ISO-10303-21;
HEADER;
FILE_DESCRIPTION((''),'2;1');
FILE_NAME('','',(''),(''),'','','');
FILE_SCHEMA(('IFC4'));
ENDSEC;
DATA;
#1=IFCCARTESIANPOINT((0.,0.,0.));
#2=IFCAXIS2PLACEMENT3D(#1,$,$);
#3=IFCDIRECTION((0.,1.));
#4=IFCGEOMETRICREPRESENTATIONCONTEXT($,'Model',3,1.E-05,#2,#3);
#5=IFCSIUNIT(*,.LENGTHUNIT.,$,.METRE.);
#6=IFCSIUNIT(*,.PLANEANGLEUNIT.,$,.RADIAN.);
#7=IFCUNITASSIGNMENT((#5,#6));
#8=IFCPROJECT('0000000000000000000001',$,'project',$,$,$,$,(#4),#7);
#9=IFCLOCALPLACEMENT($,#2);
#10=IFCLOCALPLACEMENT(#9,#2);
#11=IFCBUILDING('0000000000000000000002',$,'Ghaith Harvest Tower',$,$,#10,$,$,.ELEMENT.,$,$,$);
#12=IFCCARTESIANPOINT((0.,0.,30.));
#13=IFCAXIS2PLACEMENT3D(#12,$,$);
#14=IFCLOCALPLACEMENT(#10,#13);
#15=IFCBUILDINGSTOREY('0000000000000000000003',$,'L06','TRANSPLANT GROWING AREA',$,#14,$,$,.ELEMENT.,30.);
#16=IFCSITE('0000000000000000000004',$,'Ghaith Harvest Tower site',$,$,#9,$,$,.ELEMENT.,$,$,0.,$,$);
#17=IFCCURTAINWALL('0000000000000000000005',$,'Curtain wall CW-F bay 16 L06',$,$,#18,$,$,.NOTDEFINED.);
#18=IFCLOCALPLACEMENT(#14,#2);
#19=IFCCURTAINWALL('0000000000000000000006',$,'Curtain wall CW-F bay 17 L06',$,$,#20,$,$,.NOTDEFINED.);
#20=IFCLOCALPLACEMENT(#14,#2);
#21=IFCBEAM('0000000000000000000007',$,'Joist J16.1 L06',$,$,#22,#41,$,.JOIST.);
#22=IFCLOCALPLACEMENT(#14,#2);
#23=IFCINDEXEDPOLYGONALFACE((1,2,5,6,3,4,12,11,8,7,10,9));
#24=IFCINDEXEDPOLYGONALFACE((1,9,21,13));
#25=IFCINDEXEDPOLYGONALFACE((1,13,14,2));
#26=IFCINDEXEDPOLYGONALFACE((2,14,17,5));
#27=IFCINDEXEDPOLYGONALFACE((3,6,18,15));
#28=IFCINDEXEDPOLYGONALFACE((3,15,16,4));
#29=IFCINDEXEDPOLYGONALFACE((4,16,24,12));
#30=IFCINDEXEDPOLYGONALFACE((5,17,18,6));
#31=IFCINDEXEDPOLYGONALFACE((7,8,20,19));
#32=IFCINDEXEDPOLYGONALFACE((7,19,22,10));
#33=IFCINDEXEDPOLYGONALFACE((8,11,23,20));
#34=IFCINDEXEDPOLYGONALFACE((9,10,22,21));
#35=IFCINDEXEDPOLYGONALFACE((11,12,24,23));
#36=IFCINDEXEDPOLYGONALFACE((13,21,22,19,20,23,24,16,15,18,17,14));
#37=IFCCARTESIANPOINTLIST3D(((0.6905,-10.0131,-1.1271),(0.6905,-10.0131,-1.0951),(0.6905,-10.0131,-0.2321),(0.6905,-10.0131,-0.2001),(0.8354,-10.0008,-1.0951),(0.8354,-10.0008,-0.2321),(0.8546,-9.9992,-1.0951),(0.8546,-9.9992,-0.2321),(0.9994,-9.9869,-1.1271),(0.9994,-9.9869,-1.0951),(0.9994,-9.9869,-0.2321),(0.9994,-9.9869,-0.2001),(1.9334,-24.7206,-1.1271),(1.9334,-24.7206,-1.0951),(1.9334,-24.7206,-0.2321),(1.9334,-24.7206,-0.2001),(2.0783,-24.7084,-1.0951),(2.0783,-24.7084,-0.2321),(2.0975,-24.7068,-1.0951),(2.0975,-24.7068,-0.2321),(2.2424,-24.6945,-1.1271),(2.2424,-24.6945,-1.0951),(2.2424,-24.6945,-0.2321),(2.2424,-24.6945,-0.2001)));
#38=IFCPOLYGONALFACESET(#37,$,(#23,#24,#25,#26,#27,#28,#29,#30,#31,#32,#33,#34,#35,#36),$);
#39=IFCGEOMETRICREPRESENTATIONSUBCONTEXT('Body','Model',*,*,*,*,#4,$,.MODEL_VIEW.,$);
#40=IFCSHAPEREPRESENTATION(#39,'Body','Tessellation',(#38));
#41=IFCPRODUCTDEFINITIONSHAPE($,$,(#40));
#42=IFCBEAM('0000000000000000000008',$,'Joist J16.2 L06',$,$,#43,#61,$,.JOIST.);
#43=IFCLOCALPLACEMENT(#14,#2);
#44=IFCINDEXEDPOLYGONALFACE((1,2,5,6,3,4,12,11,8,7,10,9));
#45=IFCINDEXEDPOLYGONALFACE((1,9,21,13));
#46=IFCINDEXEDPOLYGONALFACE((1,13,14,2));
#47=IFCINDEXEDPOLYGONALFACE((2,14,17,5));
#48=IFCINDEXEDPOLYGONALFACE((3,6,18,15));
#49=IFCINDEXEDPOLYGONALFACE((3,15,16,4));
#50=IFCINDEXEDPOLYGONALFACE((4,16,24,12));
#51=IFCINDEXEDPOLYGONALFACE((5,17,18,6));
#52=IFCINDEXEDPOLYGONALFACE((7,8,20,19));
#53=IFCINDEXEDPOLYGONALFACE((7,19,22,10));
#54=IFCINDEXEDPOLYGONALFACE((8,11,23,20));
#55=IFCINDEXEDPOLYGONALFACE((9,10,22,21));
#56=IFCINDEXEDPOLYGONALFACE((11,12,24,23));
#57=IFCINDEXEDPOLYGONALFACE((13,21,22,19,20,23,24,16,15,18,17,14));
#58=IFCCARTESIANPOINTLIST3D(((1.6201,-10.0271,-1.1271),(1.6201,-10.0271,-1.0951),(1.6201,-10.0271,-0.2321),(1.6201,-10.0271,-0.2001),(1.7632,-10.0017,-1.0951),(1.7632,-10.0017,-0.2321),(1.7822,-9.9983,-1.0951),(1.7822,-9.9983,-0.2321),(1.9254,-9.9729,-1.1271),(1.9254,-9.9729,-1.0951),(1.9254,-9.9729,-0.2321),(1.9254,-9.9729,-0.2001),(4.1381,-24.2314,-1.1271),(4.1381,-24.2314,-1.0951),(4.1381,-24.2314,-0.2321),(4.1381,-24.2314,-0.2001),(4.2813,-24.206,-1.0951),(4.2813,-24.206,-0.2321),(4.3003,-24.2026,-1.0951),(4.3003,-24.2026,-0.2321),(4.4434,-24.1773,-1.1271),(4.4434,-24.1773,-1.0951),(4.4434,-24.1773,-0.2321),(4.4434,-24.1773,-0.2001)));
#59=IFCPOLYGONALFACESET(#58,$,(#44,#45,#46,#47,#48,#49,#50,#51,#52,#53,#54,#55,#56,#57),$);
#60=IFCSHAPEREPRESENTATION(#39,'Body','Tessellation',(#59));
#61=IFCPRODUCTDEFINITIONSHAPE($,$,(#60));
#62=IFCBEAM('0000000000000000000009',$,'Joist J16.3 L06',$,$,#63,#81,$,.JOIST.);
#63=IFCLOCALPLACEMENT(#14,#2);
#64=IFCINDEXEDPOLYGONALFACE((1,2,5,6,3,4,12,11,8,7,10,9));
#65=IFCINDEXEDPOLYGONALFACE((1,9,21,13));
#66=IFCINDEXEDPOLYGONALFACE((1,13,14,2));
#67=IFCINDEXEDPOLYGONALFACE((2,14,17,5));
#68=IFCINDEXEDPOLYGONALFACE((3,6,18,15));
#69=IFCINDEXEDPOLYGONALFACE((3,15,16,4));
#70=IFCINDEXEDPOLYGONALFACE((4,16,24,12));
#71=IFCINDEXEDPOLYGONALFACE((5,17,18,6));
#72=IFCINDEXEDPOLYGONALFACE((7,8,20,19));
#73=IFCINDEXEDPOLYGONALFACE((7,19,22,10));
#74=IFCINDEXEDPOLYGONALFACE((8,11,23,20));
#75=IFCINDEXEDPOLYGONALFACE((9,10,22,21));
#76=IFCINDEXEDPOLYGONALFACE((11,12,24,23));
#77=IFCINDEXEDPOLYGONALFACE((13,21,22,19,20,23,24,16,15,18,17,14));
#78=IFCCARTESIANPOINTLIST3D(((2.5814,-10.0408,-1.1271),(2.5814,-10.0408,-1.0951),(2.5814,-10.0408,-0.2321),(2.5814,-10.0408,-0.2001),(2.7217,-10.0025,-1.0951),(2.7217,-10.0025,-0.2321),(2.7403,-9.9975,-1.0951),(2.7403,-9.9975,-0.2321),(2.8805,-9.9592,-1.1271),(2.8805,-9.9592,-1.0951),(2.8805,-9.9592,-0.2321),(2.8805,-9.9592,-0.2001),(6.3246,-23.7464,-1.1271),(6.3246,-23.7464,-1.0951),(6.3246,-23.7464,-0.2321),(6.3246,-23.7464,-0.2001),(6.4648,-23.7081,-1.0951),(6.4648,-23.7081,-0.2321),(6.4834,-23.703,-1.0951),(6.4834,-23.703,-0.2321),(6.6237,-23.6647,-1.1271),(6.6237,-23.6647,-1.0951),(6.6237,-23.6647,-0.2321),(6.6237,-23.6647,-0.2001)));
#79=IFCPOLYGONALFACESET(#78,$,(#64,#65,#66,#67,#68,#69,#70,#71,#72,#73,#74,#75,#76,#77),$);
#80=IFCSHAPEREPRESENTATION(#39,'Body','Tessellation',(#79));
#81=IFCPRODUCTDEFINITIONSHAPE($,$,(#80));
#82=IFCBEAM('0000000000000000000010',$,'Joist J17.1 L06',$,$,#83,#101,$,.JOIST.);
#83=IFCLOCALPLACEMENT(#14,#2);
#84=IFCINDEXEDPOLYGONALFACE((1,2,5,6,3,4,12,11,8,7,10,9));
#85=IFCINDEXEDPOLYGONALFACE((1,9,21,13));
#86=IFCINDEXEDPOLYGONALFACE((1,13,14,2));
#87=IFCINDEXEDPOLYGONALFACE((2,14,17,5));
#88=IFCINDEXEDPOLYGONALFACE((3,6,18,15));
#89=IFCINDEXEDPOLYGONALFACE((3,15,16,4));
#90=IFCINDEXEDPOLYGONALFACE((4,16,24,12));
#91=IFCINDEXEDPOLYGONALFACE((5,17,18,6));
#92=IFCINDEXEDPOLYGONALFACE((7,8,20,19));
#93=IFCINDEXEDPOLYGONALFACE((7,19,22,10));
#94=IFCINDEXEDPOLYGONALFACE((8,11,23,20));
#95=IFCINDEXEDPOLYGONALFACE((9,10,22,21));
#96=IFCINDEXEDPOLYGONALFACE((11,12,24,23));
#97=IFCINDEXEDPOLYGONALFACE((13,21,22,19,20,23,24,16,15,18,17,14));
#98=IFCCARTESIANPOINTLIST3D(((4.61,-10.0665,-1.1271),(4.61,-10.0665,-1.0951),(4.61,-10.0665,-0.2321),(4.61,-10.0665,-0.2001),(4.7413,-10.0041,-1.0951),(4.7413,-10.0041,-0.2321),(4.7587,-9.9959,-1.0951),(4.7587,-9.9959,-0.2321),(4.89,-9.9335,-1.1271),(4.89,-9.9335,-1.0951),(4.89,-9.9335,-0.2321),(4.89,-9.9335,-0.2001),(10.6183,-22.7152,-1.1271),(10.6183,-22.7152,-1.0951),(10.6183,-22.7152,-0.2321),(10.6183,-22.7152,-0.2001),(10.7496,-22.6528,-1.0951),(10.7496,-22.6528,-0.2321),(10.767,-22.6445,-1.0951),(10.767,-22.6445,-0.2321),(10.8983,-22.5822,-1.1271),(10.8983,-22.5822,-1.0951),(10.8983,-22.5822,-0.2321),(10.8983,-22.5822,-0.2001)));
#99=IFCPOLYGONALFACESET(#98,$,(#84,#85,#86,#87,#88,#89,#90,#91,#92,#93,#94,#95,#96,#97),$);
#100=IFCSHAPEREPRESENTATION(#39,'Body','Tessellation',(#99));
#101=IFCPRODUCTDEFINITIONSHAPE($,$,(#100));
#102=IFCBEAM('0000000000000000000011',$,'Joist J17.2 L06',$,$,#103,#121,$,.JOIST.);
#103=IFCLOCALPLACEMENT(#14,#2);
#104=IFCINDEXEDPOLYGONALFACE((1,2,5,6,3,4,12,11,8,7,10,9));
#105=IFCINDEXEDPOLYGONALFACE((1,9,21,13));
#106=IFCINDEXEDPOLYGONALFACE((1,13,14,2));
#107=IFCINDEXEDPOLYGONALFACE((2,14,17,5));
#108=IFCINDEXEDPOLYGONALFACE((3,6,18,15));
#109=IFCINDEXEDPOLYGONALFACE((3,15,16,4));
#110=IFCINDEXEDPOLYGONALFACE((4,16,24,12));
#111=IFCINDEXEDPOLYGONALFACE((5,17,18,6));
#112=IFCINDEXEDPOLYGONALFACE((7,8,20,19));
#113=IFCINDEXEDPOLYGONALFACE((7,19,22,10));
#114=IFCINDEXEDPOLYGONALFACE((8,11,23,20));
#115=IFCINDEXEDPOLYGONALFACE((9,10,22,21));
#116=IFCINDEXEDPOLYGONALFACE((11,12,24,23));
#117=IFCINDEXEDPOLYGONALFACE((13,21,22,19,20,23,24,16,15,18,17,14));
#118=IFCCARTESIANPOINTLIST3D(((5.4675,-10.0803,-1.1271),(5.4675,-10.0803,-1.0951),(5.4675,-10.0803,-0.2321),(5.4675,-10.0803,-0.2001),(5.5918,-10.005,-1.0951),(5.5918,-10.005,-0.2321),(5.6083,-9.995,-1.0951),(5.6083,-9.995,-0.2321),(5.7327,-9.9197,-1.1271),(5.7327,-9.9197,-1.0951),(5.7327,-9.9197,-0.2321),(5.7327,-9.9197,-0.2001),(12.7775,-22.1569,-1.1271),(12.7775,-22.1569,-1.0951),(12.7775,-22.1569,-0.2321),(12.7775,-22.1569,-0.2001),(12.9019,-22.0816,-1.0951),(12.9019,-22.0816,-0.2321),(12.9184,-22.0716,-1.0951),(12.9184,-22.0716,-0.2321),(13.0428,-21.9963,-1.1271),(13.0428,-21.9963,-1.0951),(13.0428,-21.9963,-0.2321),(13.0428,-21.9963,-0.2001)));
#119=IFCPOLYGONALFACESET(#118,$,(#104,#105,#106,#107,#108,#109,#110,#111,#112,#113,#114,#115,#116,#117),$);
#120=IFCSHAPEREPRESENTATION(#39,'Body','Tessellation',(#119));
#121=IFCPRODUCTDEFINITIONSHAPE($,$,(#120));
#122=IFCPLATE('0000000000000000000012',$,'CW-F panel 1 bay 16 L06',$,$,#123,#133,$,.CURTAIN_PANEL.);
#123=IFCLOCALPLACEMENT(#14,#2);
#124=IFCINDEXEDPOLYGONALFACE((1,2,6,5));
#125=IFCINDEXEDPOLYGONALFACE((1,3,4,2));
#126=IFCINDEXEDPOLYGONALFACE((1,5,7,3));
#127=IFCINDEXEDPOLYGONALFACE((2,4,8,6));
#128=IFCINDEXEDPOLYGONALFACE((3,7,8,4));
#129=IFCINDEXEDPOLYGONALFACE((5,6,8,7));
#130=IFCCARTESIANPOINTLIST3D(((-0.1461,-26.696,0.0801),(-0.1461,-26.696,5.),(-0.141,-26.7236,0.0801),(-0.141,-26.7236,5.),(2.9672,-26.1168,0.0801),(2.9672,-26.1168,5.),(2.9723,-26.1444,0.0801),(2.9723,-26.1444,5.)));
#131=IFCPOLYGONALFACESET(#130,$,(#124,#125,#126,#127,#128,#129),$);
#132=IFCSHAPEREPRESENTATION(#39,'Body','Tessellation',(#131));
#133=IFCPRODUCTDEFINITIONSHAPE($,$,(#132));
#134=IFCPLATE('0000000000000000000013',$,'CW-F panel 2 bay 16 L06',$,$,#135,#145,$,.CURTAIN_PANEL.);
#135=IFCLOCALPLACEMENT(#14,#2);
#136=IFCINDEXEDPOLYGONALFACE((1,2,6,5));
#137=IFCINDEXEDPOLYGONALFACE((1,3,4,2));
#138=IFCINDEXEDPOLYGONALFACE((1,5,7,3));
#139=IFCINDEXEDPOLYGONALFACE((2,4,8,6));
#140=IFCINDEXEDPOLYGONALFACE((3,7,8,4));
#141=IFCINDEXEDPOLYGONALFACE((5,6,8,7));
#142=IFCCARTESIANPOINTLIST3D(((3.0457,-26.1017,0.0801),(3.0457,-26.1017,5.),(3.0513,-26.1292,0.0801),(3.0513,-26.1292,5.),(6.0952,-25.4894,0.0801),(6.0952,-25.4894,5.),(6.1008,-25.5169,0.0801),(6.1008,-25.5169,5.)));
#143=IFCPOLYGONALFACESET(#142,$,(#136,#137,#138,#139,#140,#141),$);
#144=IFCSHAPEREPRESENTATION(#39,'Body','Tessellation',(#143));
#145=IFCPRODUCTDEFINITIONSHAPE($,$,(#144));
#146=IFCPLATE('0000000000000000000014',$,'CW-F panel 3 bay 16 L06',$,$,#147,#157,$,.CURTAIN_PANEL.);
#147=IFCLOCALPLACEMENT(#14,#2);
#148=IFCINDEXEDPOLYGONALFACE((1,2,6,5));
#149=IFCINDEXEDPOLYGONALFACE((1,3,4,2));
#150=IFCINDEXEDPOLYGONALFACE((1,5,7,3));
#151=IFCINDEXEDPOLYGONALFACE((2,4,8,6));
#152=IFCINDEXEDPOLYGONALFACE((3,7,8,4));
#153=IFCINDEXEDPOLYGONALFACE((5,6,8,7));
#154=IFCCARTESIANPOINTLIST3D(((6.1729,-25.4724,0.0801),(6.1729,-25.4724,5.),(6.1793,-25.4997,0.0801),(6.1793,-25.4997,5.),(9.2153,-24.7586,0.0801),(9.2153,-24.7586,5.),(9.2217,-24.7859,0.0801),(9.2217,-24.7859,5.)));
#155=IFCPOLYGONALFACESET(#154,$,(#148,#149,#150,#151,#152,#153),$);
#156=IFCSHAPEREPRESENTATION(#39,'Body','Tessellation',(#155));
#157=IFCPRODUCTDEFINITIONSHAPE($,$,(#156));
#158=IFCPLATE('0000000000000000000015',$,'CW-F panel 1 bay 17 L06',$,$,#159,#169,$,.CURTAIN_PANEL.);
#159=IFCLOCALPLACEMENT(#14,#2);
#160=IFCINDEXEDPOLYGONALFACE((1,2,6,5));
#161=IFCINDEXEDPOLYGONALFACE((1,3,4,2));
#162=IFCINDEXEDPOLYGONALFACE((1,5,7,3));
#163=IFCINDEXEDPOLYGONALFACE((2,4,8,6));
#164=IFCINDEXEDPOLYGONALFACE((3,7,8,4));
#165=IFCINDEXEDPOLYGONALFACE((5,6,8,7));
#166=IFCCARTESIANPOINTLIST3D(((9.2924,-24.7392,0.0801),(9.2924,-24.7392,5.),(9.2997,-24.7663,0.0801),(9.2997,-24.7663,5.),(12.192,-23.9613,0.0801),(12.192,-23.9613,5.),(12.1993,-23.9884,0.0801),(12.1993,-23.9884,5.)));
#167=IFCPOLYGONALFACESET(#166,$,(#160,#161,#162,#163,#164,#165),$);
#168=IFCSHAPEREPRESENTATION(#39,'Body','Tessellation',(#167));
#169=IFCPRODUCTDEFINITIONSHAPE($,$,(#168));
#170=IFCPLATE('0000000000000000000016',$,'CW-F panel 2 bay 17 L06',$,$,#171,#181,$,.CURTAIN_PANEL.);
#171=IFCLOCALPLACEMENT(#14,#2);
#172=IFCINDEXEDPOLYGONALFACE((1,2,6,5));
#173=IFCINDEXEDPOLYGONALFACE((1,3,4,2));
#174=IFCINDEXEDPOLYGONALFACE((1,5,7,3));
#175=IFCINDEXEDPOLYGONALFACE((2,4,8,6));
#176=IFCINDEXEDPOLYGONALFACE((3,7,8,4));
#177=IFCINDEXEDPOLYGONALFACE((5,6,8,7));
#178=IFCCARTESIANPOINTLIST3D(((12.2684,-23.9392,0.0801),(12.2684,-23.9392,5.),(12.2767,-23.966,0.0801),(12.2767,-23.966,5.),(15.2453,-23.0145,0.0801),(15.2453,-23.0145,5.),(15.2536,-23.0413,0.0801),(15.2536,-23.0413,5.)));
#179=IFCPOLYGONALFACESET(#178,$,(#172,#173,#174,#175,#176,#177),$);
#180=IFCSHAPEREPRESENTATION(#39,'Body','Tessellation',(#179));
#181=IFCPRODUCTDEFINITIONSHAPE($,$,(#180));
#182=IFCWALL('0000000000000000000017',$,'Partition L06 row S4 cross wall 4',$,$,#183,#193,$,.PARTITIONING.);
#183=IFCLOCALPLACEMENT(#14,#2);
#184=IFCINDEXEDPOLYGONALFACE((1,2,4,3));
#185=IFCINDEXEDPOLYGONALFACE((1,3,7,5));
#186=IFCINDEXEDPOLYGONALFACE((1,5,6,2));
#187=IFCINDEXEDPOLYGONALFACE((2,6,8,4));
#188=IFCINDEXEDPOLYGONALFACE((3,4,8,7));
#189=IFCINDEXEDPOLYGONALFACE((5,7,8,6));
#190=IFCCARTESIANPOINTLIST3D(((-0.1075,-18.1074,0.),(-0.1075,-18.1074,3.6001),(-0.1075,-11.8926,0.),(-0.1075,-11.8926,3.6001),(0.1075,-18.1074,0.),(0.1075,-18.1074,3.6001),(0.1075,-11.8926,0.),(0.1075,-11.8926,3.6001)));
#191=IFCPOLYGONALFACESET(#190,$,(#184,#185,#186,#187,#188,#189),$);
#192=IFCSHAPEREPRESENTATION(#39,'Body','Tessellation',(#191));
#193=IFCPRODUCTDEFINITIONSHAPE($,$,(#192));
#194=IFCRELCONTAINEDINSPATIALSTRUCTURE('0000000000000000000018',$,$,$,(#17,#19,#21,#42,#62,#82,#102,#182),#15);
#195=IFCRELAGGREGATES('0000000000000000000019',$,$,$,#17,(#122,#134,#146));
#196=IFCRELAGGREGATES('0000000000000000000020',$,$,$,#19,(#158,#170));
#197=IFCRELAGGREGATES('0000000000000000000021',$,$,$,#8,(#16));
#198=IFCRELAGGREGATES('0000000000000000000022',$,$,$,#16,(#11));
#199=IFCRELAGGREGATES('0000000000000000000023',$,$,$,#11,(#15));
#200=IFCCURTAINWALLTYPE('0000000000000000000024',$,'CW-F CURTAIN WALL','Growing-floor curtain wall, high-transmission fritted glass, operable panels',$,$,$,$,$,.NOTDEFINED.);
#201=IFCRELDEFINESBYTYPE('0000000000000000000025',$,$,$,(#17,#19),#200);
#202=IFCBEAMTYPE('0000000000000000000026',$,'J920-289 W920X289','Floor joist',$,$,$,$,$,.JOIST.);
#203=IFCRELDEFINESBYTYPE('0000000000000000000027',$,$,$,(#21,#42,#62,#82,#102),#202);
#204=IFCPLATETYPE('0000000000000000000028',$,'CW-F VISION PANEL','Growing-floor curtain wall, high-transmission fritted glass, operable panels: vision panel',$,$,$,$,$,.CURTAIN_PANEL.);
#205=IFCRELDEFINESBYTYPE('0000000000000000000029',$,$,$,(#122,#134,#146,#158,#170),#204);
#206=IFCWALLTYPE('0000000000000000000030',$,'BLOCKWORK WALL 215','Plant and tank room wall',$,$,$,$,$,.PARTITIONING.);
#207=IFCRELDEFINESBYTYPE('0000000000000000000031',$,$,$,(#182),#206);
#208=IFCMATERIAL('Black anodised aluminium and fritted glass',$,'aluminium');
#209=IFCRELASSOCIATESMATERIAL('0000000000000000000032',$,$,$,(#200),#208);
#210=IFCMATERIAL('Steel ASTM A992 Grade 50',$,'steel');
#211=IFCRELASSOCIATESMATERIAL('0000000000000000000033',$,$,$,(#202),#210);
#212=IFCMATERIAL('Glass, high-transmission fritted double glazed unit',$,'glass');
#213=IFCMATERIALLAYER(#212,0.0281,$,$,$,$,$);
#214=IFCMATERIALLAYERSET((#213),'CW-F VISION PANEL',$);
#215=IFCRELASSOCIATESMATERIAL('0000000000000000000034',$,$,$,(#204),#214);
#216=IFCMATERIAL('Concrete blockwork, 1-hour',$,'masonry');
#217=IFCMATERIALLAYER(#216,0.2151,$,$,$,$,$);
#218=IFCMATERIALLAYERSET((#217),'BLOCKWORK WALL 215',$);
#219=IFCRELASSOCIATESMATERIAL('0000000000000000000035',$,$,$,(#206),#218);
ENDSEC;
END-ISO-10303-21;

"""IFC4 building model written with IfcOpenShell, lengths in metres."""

from ifc_helpers import new_model, si_unit, direction, frame, frame_2d, origin, origin_2d, place, context, subcontext, project, spatial, rectangle, i_section, extrude, material, layer, layer_set, material_profile, profile_set, type_object, element, aggregate, save


model = new_model("IFC4")

# Units and contexts
model_context = context("Model", 3, precision=1e-05, world=origin(), true_north=direction((0.0, 1.0)))
body_context = subcontext(model_context, "Body", "Model", "MODEL_VIEW")
ifc_project = project(units=[si_unit("LENGTHUNIT", "METRE"), si_unit("PLANEANGLEUNIT", "RADIAN")], contexts=[model_context])

# Site, building, storey
site_placement = place(None, origin())
site = spatial("IfcSite", under=ifc_project, at=site_placement, Name="Ghaith Harvest Tower site", CompositionType="ELEMENT", RefElevation=0.0)
building_placement = place(site_placement, origin())
building = spatial("IfcBuilding", under=site, at=building_placement, Name="Ghaith Harvest Tower", CompositionType="ELEMENT")
storey_placement = place(building_placement, frame((0.0, 0.0, 30.0)))
storey = spatial("IfcBuildingStorey", under=building, at=storey_placement, Name="L06", Description="TRANSPLANT GROWING AREA", CompositionType="ELEMENT", Elevation=30.0)

# Curtain walls
ifc_material_1 = material(Name="Black anodised aluminium and fritted glass", Category="aluminium")
curtain_wall_type = type_object("IfcCurtainWallType", Name="CW-F CURTAIN WALL", Description="Growing-floor curtain wall, high-transmission fritted glass, operable panels", PredefinedType="NOTDEFINED", material=ifc_material_1)
curtain_wall_1_placement = place(storey_placement, origin())
curtain_wall_1 = element("IfcCurtainWall", 1, at=curtain_wall_1_placement, inside=storey, type_object=curtain_wall_type, Name="Curtain wall CW-F bay 16 L06", PredefinedType="NOTDEFINED")
curtain_wall_2_placement = place(storey_placement, origin())
curtain_wall_2 = element("IfcCurtainWall", 2, at=curtain_wall_2_placement, inside=storey, type_object=curtain_wall_type, Name="Curtain wall CW-F bay 17 L06", PredefinedType="NOTDEFINED")

# Beams
ifc_material_2 = material(Name="Steel ASTM A992 Grade 50", Category="steel")
ifc_material_profile_1 = material_profile(ifc_material_2, i_section(OverallWidth=0.3101, OverallDepth=0.927, WebThickness=0.0193, FlangeThickness=0.032, at=origin_2d()), Name="W920X289")
ifc_profile_set_1 = profile_set([ifc_material_profile_1], Name="Steel ASTM A992 Grade 50")
beam_type_1 = type_object("IfcBeamType", Name="J920-289 W920X289", Description="Floor joist", PredefinedType="JOIST", material=ifc_profile_set_1)
beam_1_placement = place(storey_placement, frame((0.845, -10.0, -0.6636), z_axis=(0.084209, -0.996448, 0.0), x_axis=(0.996448, 0.084209, 0.0)))
element("IfcBeam", 3, at=beam_1_placement, inside=storey, type_object=beam_type_1, Name="Joist J16.1 L06", PredefinedType="JOIST", context=body_context, shape_type="SweptSolid", body=[
    extrude(i_section(OverallWidth=0.3101, OverallDepth=0.927, WebThickness=0.0193, FlangeThickness=0.032, at=origin_2d()), origin(), (0.0, 0.0, 1.0), 14.76),
])
beam_2_placement = place(storey_placement, frame((1.7727, -10.0, -0.6636), z_axis=(0.174553, -0.984648, 0.0), x_axis=(0.984648, 0.174553, 0.0)))
element("IfcBeam", 4, at=beam_2_placement, inside=storey, type_object=beam_type_1, Name="Joist J16.2 L06", PredefinedType="JOIST", context=body_context, shape_type="SweptSolid", body=[
    extrude(i_section(OverallWidth=0.3101, OverallDepth=0.927, WebThickness=0.0193, FlangeThickness=0.032, at=origin_2d()), origin(), (0.0, 0.0, 1.0), 14.4258),
])
beam_3_placement = place(storey_placement, frame((2.731, -10.0, -0.6636), z_axis=(0.263463, -0.964669, 0.0), x_axis=(0.964669, 0.263463, 0.0)))
element("IfcBeam", 5, at=beam_3_placement, inside=storey, type_object=beam_type_1, Name="Joist J16.3 L06", PredefinedType="JOIST", context=body_context, shape_type="SweptSolid", body=[
    extrude(i_section(OverallWidth=0.3101, OverallDepth=0.927, WebThickness=0.0193, FlangeThickness=0.032, at=origin_2d()), origin(), (0.0, 0.0, 1.0), 14.2075),
])
beam_4_placement = place(storey_placement, frame((4.75, -10.0, -0.6636), z_axis=(0.429067, -0.903273, 0.0), x_axis=(0.903273, 0.429067, 0.0)))
element("IfcBeam", 6, at=beam_4_placement, inside=storey, type_object=beam_type_1, Name="Joist J17.1 L06", PredefinedType="JOIST", context=body_context, shape_type="SweptSolid", body=[
    extrude(i_section(OverallWidth=0.3101, OverallDepth=0.927, WebThickness=0.0193, FlangeThickness=0.032, at=origin_2d()), origin(), (0.0, 0.0, 1.0), 14.0032),
])
beam_5_placement = place(storey_placement, frame((5.6001, -10.0, -0.6636), z_axis=(0.517829, -0.855484, 0.0), x_axis=(0.855484, 0.517829, 0.0)))
element("IfcBeam", 7, at=beam_5_placement, inside=storey, type_object=beam_type_1, Name="Joist J17.2 L06", PredefinedType="JOIST", context=body_context, shape_type="SweptSolid", body=[
    extrude(i_section(OverallWidth=0.3101, OverallDepth=0.927, WebThickness=0.0193, FlangeThickness=0.032, at=origin_2d()), origin(), (0.0, 0.0, 1.0), 14.1167),
])

# Plates
ifc_material_3 = material(Name="Glass, high-transmission fritted double glazed unit", Category="glass")
ifc_layer_1 = layer(ifc_material_3, 0.0281)
ifc_layer_set_1 = layer_set([ifc_layer_1], Name="CW-F VISION PANEL")
plate_type = type_object("IfcPlateType", Name="CW-F VISION PANEL", Description="Growing-floor curtain wall, high-transmission fritted glass, operable panels: vision panel", PredefinedType="CURTAIN_PANEL", material=ifc_layer_set_1)
plate_1_placement = place(storey_placement, frame((1.4131, -26.4202, 0.0801), z_axis=(0.0, 0.0, 1.0), x_axis=(0.983131, 0.182902, 0.0)))
plate_1 = element("IfcPlate", 8, at=plate_1_placement, type_object=plate_type, Name="CW-F panel 1 bay 16 L06", PredefinedType="CURTAIN_PANEL", context=body_context, shape_type="SweptSolid", body=[
    extrude(rectangle(XDim=3.1667, YDim=0.0281, at=origin_2d()), origin(), (0.0, 0.0, 1.0), 4.9199),
])
plate_2_placement = place(storey_placement, frame((4.5732, -25.8093, 0.0801), z_axis=(0.0, 0.0, 1.0), x_axis=(0.980432, 0.196856, 0.0)))
plate_2 = element("IfcPlate", 9, at=plate_2_placement, type_object=plate_type, Name="CW-F panel 2 bay 16 L06", PredefinedType="CURTAIN_PANEL", context=body_context, shape_type="SweptSolid", body=[
    extrude(rectangle(XDim=3.1104, YDim=0.0281, at=origin_2d()), origin(), (0.0, 0.0, 1.0), 4.9199),
])
plate_3_placement = place(storey_placement, frame((7.6973, -25.1292, 0.0801), z_axis=(0.0, 0.0, 1.0), x_axis=(0.973565, 0.228411, 0.0)))
plate_3 = element("IfcPlate", 10, at=plate_3_placement, type_object=plate_type, Name="CW-F panel 3 bay 16 L06", PredefinedType="CURTAIN_PANEL", context=body_context, shape_type="SweptSolid", body=[
    extrude(rectangle(XDim=3.125, YDim=0.0281, at=origin_2d()), origin(), (0.0, 0.0, 1.0), 4.9199),
])
aggregate(curtain_wall_1, [plate_1, plate_2, plate_3])
plate_4_placement = place(storey_placement, frame((10.7458, -24.3638, 0.0801), z_axis=(0.0, 0.0, 1.0), x_axis=(0.965848, 0.259108, 0.0)))
plate_4 = element("IfcPlate", 11, at=plate_4_placement, type_object=plate_type, Name="CW-F panel 1 bay 17 L06", PredefinedType="CURTAIN_PANEL", context=body_context, shape_type="SweptSolid", body=[
    extrude(rectangle(XDim=3.0022, YDim=0.0281, at=origin_2d()), origin(), (0.0, 0.0, 1.0), 4.9199),
])
plate_5_placement = place(storey_placement, frame((13.761, -23.4902, 0.0801), z_axis=(0.0, 0.0, 1.0), x_axis=(0.954988, 0.296644, 0.0)))
plate_5 = element("IfcPlate", 12, at=plate_5_placement, type_object=plate_type, Name="CW-F panel 2 bay 17 L06", PredefinedType="CURTAIN_PANEL", context=body_context, shape_type="SweptSolid", body=[
    extrude(rectangle(XDim=3.1172, YDim=0.0281, at=origin_2d()), origin(), (0.0, 0.0, 1.0), 4.9199),
])
aggregate(curtain_wall_2, [plate_4, plate_5])

# Wall
ifc_material_4 = material(Name="Concrete blockwork, 1-hour", Category="masonry")
ifc_layer_2 = layer(ifc_material_4, 0.2151)
ifc_layer_set_2 = layer_set([ifc_layer_2], Name="BLOCKWORK WALL 215")
wall_type_1 = type_object("IfcWallType", Name="BLOCKWORK WALL 215", Description="Plant and tank room wall", PredefinedType="PARTITIONING", material=ifc_layer_set_2)
wall_1_placement = place(storey_placement, frame((0.0, -11.8926, 0.0), z_axis=(0.0, 0.0, 1.0), x_axis=(0.0, -1.0, 0.0)))
element("IfcWall", 13, at=wall_1_placement, inside=storey, type_object=wall_type_1, Name="Partition L06 row S4 cross wall 4", PredefinedType="PARTITIONING", context=body_context, shape_type="SweptSolid", body=[
    extrude(rectangle(XDim=6.2148, YDim=0.2151, at=frame_2d((3.1074, 0.0))), origin(), (0.0, 0.0, 1.0), 3.6001),
])

save(model, "model.ifc")
